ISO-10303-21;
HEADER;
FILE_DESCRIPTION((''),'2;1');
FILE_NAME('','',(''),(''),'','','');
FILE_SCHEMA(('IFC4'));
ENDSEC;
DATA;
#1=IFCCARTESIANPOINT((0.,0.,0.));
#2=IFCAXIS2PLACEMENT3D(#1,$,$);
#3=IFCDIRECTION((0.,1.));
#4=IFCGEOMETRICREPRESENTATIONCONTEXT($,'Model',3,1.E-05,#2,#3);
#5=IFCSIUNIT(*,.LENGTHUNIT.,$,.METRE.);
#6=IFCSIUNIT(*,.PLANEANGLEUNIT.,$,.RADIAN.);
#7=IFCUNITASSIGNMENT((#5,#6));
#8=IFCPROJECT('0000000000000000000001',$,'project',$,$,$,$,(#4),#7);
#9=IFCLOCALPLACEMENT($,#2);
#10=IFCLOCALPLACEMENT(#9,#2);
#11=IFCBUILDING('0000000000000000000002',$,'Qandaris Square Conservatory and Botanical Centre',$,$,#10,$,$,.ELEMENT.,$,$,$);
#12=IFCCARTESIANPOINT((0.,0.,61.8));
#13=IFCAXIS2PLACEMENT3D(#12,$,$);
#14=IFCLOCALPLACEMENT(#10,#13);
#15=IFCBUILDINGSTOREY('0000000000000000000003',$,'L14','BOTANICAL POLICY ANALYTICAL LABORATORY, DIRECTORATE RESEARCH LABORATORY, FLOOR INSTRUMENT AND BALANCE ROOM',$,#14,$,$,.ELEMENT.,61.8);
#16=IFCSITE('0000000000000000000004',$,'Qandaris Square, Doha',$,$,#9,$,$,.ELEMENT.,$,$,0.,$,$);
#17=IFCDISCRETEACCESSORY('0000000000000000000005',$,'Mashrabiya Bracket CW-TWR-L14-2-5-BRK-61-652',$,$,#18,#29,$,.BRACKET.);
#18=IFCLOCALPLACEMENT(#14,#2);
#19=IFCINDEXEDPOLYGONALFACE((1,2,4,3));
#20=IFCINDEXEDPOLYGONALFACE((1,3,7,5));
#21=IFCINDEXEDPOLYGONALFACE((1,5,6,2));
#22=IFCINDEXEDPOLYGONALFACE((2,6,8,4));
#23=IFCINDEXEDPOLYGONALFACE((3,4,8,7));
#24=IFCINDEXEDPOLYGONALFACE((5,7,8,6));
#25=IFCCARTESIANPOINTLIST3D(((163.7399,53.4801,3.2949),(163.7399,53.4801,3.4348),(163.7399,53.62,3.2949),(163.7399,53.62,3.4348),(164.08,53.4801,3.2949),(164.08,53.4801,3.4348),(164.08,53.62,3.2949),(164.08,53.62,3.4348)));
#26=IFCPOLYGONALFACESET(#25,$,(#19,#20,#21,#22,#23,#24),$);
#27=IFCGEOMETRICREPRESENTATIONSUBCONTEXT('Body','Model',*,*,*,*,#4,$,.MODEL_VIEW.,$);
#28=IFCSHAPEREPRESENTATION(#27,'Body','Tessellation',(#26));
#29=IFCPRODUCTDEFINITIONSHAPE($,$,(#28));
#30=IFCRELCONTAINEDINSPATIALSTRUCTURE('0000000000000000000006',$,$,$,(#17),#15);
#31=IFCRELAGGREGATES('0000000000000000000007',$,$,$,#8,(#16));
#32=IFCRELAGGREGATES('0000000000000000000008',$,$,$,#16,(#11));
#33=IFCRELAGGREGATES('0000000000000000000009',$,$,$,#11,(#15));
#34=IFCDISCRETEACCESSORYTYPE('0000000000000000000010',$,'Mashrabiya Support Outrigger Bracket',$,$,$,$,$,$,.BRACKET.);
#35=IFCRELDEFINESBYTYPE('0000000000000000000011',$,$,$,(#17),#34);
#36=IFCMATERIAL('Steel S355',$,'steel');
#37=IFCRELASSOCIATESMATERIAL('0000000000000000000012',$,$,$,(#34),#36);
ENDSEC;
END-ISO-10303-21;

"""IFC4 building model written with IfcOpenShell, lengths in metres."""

from ifc_helpers import new_model, si_unit, direction, frame, origin, origin_2d, place, context, subcontext, project, spatial, rectangle, extrude, material, type_object, element, save


model = new_model("IFC4")

# Units and contexts
model_context = context("Model", 3, precision=1e-05, world=origin(), true_north=direction((0.0, 1.0)))
body_context = subcontext(model_context, "Body", "Model", "MODEL_VIEW")
ifc_project = project(units=[si_unit("LENGTHUNIT", "METRE"), si_unit("PLANEANGLEUNIT", "RADIAN")], contexts=[model_context])

# Site, building, storey
site_placement = place(None, origin())
site = spatial("IfcSite", under=ifc_project, at=site_placement, Name="Qandaris Square, Doha", CompositionType="ELEMENT", RefElevation=0.0)
building_placement = place(site_placement, origin())
building = spatial("IfcBuilding", under=site, at=building_placement, Name="Qandaris Square Conservatory and Botanical Centre", CompositionType="ELEMENT")
storey_placement = place(building_placement, frame((0.0, 0.0, 61.8)))
storey = spatial("IfcBuildingStorey", under=building, at=storey_placement, Name="L14", Description="BOTANICAL POLICY ANALYTICAL LABORATORY, DIRECTORATE RESEARCH LABORATORY, FLOOR INSTRUMENT AND BALANCE ROOM", CompositionType="ELEMENT", Elevation=61.8)

# Discrete accessory
ifc_material_1 = material(Name="Steel S355", Category="steel")
discrete_accessory_type = type_object("IfcDiscreteAccessoryType", Name="Mashrabiya Support Outrigger Bracket", PredefinedType="BRACKET", material=ifc_material_1)
for number, where, z_axis, x_axis, name in (
    (1, (163.9099, 53.55, 3.2949), (0.0, 0.0, 1.0), (0.0, 1.0, 0.0), "Mashrabiya Bracket CW-TWR-L14-2-5-BRK-61-652"),
):
    element("IfcDiscreteAccessory", number, at=place(storey_placement, frame(where, z_axis=z_axis, x_axis=x_axis)), inside=storey, type_object=discrete_accessory_type, Name=name, PredefinedType="BRACKET", context=body_context, shape_type="SweptSolid", body=[
        extrude(rectangle(XDim=0.1399, YDim=0.3401, at=origin_2d()), origin(), (0.0, 0.0, 1.0), 0.1399),
    ])

save(model, "model.ifc")
